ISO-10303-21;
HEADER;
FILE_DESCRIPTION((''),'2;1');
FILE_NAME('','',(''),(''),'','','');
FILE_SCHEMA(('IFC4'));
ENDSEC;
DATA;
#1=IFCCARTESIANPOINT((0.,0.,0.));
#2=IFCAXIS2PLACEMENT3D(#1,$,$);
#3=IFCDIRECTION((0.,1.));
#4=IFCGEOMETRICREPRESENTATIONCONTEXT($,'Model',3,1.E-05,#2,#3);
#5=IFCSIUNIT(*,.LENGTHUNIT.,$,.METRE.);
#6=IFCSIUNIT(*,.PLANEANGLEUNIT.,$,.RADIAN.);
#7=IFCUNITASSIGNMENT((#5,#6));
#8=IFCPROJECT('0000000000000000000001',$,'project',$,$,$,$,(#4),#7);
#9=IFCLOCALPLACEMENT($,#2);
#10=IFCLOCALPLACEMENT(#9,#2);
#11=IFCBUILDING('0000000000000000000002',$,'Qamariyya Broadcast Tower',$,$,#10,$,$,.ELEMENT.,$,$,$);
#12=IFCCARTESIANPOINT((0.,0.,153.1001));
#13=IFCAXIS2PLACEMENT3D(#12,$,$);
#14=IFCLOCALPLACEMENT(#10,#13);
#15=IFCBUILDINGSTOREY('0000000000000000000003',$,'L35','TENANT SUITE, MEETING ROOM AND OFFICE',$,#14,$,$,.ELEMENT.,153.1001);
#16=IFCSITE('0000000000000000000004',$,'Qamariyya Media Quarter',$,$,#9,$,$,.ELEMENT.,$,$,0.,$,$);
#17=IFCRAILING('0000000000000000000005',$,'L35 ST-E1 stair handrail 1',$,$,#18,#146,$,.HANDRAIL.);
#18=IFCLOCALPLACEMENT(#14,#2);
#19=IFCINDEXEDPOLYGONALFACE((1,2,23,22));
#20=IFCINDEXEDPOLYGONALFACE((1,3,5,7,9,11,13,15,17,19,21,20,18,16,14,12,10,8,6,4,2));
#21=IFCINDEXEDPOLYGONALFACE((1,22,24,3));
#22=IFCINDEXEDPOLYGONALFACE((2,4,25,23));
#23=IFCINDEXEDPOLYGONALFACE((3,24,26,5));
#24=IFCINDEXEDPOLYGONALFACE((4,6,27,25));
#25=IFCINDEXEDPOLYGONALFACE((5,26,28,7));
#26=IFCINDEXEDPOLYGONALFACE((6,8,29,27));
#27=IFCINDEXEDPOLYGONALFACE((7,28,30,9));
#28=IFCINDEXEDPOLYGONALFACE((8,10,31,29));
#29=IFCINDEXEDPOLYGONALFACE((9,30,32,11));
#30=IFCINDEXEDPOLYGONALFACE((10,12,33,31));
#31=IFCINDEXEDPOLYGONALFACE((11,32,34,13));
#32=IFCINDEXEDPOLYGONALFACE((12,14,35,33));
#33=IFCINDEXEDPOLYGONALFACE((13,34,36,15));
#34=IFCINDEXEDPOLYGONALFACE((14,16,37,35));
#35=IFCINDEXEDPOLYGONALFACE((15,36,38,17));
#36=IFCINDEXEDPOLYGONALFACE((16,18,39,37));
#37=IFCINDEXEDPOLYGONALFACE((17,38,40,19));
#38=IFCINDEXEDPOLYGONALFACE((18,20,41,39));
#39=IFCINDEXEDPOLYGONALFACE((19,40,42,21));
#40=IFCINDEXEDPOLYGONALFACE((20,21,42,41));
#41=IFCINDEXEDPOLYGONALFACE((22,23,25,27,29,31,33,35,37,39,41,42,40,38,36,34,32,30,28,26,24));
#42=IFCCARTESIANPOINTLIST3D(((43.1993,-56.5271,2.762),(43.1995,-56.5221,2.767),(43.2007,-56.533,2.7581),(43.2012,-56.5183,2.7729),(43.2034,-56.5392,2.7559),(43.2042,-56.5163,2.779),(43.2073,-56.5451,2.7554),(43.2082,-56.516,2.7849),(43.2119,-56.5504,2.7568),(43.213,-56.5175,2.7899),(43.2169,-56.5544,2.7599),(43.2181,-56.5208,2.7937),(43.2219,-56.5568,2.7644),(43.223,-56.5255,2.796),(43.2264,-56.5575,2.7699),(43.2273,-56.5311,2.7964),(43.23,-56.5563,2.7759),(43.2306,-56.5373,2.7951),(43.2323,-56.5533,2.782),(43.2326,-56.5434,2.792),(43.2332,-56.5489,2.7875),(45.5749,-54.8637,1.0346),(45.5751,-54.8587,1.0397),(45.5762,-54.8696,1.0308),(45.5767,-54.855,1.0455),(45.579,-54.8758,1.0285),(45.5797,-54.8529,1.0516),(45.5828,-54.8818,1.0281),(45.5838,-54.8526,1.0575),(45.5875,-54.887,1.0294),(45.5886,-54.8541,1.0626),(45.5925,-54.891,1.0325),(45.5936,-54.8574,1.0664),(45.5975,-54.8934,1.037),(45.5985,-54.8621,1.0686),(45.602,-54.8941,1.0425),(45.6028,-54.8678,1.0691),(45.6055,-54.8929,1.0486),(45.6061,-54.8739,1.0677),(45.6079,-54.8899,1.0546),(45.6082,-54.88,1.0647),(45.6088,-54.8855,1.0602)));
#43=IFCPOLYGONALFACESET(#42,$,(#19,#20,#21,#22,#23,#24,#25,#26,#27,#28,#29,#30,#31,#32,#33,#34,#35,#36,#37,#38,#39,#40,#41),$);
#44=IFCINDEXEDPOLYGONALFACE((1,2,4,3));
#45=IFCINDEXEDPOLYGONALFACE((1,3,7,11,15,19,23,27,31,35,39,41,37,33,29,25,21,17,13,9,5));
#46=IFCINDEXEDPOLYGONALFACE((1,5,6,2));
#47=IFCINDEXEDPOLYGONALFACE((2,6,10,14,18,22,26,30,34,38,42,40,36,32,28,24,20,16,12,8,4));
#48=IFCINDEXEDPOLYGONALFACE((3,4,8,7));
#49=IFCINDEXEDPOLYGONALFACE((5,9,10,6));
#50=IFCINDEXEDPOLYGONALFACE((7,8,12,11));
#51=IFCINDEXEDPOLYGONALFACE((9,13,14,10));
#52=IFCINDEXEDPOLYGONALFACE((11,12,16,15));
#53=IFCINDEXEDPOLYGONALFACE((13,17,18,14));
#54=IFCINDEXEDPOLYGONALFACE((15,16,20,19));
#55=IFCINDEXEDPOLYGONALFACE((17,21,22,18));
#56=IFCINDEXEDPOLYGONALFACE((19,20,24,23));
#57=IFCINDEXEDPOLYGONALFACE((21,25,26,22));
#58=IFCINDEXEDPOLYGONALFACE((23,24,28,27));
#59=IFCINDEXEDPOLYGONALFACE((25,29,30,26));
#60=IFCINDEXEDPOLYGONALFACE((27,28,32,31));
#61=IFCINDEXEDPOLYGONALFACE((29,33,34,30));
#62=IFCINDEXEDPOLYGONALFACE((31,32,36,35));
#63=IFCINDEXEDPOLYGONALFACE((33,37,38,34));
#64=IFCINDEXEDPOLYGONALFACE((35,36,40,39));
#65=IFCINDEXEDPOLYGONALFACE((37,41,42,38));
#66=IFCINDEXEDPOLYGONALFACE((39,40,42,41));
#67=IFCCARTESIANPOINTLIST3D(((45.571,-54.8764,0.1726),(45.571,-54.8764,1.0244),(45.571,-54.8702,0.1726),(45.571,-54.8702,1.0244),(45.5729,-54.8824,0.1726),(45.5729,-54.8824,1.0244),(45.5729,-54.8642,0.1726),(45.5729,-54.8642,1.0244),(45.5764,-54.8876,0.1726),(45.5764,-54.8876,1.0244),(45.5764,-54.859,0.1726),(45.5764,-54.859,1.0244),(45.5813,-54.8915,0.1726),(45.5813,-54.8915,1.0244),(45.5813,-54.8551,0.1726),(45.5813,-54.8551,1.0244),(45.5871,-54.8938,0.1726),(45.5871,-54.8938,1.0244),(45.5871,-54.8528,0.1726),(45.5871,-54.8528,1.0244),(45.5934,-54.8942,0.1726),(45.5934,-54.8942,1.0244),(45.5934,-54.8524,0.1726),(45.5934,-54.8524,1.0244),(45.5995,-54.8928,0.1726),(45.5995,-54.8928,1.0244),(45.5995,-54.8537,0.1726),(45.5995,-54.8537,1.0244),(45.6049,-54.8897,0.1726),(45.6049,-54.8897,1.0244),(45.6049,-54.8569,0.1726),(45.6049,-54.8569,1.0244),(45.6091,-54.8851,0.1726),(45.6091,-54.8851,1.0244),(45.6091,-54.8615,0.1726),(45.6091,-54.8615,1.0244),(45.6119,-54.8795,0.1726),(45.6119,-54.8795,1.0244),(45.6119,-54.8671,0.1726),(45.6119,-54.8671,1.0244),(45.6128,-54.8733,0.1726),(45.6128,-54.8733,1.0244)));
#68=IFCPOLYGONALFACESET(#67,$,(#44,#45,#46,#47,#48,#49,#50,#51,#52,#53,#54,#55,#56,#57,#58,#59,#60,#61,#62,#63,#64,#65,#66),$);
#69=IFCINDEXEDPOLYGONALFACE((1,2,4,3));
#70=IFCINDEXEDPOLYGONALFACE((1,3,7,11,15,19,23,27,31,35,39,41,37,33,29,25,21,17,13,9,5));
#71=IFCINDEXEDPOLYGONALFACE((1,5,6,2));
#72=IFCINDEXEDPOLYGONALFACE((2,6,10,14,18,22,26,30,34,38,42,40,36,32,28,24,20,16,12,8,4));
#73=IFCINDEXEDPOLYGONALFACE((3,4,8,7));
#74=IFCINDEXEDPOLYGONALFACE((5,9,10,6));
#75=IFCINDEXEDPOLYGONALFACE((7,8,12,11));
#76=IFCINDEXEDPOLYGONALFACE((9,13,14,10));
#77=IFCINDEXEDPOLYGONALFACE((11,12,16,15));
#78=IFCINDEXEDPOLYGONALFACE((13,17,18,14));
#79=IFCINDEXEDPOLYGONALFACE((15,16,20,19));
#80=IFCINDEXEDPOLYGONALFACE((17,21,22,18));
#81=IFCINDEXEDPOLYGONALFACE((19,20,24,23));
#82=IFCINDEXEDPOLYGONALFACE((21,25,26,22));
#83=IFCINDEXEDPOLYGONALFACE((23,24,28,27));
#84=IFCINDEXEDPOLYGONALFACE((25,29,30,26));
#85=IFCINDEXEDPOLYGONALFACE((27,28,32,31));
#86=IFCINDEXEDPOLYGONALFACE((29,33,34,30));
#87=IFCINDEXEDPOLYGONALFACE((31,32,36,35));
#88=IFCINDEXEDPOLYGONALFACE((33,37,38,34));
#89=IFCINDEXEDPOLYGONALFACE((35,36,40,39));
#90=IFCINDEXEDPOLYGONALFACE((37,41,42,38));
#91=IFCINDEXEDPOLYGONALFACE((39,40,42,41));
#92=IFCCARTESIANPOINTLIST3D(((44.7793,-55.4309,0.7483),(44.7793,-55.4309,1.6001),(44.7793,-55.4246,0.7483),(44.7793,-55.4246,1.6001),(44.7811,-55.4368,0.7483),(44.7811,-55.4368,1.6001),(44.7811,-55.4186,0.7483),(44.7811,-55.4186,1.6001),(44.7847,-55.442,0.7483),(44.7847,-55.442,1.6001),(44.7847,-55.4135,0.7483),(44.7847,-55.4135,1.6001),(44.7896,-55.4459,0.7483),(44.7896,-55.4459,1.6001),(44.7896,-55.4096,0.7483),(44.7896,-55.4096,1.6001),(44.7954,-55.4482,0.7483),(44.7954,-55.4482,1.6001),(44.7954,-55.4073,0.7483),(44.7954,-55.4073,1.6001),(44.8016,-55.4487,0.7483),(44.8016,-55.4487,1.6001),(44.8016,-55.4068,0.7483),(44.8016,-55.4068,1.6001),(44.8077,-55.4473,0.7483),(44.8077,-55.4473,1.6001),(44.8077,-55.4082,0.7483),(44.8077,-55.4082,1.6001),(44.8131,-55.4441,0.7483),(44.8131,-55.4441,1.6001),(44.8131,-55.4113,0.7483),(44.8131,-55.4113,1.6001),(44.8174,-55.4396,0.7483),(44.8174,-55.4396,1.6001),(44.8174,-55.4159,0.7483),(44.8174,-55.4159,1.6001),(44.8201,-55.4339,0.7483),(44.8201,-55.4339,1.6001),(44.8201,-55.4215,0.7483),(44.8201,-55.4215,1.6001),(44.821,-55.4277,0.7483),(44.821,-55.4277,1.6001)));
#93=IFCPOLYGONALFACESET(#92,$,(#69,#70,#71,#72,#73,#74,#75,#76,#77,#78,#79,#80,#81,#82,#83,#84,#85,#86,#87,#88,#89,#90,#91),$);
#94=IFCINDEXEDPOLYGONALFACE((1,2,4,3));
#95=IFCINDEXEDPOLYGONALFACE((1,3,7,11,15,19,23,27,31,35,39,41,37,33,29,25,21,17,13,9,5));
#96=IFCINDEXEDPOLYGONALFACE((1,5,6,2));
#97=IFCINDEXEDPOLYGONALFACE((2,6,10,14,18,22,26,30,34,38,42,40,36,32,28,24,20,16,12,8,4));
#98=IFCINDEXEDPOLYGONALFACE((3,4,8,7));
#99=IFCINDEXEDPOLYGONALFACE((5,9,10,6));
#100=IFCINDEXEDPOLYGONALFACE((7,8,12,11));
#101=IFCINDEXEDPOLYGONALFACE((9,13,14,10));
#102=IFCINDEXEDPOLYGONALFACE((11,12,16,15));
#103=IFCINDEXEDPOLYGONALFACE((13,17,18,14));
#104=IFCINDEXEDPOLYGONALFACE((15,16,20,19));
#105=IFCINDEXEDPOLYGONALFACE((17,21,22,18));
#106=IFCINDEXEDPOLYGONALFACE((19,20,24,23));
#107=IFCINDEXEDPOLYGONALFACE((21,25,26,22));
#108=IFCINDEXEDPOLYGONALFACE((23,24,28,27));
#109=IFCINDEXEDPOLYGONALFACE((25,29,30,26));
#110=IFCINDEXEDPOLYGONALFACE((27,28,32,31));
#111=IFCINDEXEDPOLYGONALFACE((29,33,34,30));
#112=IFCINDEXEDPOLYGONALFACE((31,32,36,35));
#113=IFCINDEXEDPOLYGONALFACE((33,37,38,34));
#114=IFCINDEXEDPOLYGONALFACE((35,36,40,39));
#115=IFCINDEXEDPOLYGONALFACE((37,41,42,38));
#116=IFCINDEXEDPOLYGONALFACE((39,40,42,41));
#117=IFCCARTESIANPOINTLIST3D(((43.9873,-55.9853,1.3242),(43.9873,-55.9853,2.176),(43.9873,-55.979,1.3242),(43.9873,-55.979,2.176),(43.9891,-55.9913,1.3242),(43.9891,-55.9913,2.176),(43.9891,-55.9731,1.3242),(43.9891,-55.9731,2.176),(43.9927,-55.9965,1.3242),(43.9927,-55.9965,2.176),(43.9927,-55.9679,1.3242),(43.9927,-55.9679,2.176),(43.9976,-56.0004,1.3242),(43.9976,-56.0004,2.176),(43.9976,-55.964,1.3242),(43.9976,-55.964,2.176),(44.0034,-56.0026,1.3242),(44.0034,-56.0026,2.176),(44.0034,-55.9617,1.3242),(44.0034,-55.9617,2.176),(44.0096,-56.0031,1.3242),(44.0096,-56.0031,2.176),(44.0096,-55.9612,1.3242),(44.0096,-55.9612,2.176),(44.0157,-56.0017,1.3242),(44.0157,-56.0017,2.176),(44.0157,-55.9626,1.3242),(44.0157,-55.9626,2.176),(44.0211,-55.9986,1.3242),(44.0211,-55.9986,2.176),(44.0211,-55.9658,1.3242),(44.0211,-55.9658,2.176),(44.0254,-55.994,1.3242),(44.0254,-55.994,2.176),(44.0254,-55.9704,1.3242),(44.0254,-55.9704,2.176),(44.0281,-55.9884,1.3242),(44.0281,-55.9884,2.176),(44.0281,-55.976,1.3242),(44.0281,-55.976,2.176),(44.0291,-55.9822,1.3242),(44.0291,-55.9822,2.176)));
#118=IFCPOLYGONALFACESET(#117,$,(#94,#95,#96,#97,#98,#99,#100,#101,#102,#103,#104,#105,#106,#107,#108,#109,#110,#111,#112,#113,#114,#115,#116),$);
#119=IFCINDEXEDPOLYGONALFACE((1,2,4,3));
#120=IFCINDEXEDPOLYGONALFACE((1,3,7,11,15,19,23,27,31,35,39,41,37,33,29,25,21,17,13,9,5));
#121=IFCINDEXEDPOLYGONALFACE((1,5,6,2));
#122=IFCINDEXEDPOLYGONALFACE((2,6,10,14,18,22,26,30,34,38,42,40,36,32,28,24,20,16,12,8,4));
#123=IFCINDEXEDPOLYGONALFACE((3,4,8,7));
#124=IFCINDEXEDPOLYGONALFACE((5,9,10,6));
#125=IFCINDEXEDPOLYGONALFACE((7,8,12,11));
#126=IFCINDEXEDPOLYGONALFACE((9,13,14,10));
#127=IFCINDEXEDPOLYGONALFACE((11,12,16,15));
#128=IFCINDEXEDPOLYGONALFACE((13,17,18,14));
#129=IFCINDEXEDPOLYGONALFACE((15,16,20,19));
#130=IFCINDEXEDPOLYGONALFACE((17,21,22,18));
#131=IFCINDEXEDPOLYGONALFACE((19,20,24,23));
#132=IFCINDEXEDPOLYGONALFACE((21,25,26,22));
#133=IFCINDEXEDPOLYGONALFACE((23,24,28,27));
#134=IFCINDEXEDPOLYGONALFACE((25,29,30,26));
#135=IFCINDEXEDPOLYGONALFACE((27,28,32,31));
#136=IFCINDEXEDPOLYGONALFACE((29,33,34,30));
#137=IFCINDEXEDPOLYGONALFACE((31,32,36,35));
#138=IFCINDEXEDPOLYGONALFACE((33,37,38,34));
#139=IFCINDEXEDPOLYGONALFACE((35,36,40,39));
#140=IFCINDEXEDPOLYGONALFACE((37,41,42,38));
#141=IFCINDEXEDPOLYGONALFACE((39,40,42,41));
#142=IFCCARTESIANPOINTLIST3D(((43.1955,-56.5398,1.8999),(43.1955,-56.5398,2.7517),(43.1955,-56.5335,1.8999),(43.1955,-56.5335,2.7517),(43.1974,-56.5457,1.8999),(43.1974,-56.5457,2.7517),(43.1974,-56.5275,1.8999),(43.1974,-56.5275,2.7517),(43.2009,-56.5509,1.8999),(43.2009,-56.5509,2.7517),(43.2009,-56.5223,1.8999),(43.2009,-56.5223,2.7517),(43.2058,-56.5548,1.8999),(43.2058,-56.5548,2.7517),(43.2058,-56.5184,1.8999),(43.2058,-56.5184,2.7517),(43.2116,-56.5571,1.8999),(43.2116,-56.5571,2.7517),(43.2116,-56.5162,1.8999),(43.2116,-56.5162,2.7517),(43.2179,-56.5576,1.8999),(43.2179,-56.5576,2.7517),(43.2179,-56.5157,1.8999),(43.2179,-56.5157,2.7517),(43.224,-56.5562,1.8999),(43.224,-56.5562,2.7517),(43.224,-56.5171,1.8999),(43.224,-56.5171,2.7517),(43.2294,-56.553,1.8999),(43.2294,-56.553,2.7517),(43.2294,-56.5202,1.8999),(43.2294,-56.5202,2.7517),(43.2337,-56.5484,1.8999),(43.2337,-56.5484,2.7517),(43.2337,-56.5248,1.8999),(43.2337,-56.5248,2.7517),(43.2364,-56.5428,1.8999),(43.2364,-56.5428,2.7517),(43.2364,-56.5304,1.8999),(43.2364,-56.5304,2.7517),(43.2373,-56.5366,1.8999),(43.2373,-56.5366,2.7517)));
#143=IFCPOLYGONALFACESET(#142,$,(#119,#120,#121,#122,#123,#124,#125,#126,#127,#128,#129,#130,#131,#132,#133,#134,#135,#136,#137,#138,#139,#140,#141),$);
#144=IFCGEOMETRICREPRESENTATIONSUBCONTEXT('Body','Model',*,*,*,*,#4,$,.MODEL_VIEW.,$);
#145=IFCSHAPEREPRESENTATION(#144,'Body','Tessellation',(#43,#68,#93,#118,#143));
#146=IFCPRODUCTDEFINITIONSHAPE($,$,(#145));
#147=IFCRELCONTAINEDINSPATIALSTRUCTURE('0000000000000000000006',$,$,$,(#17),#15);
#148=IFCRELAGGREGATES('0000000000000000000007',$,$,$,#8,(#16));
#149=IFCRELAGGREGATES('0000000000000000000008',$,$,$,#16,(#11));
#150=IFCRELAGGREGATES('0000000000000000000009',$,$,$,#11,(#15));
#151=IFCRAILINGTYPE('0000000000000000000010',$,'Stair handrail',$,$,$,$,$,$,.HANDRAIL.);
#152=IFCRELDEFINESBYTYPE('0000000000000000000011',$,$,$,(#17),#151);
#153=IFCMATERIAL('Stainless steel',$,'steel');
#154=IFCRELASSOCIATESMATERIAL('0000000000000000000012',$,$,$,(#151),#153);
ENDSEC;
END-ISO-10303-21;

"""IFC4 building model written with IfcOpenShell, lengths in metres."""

from ifc_helpers import new_model, si_unit, direction, frame, origin, origin_2d, place, context, subcontext, project, spatial, circle, extrude, material, type_object, element, save


model = new_model("IFC4")

# Units and contexts
model_context = context("Model", 3, precision=1e-05, world=origin(), true_north=direction((0.0, 1.0)))
body_context = subcontext(model_context, "Body", "Model", "MODEL_VIEW")
ifc_project = project(units=[si_unit("LENGTHUNIT", "METRE"), si_unit("PLANEANGLEUNIT", "RADIAN")], contexts=[model_context])

# Site, building, storey
site_placement = place(None, origin())
site = spatial("IfcSite", under=ifc_project, at=site_placement, Name="Qamariyya Media Quarter", CompositionType="ELEMENT", RefElevation=0.0)
building_placement = place(site_placement, origin())
building = spatial("IfcBuilding", under=site, at=building_placement, Name="Qamariyya Broadcast Tower", CompositionType="ELEMENT")
storey_placement = place(building_placement, frame((0.0, 0.0, 153.1001)))
storey = spatial("IfcBuildingStorey", under=building, at=storey_placement, Name="L35", Description="TENANT SUITE, MEETING ROOM AND OFFICE", CompositionType="ELEMENT", Elevation=153.1001)

# Railing
ifc_material_1 = material(Name="Stainless steel", Category="steel")
railing_type_1 = type_object("IfcRailingType", Name="Stair handrail", PredefinedType="HANDRAIL", material=ifc_material_1)
railing_1_placement = place(storey_placement, frame((45.5918, -54.8733, 0.1726)))
element("IfcRailing", 1, at=railing_1_placement, inside=storey, type_object=railing_type_1, Name="L35 ST-E1 stair handrail 1", PredefinedType="HANDRAIL", context=body_context, shape_type="SweptSolid", body=[
    extrude(circle(Radius=0.0239, at=origin_2d()), frame((0.0, 0.0, 0.876), z_axis=(-0.70377, -0.492784, 0.511734), x_axis=(0.573575, -0.819153, 0.0)), (0.0, 0.0, 1.0), 3.3755),
    extrude(circle(Radius=0.021, at=origin_2d()), origin(), (0.0, 0.0, 1.0), 0.8518),
    extrude(circle(Radius=0.021, at=origin_2d()), frame((-0.7917, -0.5544, 0.5757)), (0.0, 0.0, 1.0), 0.8518),
    extrude(circle(Radius=0.021, at=origin_2d()), frame((-1.5837, -1.1089, 1.1516)), (0.0, 0.0, 1.0), 0.8518),
    extrude(circle(Radius=0.021, at=origin_2d()), frame((-2.3755, -1.6633, 1.7273)), (0.0, 0.0, 1.0), 0.8518),
])

save(model, "model.ifc")
